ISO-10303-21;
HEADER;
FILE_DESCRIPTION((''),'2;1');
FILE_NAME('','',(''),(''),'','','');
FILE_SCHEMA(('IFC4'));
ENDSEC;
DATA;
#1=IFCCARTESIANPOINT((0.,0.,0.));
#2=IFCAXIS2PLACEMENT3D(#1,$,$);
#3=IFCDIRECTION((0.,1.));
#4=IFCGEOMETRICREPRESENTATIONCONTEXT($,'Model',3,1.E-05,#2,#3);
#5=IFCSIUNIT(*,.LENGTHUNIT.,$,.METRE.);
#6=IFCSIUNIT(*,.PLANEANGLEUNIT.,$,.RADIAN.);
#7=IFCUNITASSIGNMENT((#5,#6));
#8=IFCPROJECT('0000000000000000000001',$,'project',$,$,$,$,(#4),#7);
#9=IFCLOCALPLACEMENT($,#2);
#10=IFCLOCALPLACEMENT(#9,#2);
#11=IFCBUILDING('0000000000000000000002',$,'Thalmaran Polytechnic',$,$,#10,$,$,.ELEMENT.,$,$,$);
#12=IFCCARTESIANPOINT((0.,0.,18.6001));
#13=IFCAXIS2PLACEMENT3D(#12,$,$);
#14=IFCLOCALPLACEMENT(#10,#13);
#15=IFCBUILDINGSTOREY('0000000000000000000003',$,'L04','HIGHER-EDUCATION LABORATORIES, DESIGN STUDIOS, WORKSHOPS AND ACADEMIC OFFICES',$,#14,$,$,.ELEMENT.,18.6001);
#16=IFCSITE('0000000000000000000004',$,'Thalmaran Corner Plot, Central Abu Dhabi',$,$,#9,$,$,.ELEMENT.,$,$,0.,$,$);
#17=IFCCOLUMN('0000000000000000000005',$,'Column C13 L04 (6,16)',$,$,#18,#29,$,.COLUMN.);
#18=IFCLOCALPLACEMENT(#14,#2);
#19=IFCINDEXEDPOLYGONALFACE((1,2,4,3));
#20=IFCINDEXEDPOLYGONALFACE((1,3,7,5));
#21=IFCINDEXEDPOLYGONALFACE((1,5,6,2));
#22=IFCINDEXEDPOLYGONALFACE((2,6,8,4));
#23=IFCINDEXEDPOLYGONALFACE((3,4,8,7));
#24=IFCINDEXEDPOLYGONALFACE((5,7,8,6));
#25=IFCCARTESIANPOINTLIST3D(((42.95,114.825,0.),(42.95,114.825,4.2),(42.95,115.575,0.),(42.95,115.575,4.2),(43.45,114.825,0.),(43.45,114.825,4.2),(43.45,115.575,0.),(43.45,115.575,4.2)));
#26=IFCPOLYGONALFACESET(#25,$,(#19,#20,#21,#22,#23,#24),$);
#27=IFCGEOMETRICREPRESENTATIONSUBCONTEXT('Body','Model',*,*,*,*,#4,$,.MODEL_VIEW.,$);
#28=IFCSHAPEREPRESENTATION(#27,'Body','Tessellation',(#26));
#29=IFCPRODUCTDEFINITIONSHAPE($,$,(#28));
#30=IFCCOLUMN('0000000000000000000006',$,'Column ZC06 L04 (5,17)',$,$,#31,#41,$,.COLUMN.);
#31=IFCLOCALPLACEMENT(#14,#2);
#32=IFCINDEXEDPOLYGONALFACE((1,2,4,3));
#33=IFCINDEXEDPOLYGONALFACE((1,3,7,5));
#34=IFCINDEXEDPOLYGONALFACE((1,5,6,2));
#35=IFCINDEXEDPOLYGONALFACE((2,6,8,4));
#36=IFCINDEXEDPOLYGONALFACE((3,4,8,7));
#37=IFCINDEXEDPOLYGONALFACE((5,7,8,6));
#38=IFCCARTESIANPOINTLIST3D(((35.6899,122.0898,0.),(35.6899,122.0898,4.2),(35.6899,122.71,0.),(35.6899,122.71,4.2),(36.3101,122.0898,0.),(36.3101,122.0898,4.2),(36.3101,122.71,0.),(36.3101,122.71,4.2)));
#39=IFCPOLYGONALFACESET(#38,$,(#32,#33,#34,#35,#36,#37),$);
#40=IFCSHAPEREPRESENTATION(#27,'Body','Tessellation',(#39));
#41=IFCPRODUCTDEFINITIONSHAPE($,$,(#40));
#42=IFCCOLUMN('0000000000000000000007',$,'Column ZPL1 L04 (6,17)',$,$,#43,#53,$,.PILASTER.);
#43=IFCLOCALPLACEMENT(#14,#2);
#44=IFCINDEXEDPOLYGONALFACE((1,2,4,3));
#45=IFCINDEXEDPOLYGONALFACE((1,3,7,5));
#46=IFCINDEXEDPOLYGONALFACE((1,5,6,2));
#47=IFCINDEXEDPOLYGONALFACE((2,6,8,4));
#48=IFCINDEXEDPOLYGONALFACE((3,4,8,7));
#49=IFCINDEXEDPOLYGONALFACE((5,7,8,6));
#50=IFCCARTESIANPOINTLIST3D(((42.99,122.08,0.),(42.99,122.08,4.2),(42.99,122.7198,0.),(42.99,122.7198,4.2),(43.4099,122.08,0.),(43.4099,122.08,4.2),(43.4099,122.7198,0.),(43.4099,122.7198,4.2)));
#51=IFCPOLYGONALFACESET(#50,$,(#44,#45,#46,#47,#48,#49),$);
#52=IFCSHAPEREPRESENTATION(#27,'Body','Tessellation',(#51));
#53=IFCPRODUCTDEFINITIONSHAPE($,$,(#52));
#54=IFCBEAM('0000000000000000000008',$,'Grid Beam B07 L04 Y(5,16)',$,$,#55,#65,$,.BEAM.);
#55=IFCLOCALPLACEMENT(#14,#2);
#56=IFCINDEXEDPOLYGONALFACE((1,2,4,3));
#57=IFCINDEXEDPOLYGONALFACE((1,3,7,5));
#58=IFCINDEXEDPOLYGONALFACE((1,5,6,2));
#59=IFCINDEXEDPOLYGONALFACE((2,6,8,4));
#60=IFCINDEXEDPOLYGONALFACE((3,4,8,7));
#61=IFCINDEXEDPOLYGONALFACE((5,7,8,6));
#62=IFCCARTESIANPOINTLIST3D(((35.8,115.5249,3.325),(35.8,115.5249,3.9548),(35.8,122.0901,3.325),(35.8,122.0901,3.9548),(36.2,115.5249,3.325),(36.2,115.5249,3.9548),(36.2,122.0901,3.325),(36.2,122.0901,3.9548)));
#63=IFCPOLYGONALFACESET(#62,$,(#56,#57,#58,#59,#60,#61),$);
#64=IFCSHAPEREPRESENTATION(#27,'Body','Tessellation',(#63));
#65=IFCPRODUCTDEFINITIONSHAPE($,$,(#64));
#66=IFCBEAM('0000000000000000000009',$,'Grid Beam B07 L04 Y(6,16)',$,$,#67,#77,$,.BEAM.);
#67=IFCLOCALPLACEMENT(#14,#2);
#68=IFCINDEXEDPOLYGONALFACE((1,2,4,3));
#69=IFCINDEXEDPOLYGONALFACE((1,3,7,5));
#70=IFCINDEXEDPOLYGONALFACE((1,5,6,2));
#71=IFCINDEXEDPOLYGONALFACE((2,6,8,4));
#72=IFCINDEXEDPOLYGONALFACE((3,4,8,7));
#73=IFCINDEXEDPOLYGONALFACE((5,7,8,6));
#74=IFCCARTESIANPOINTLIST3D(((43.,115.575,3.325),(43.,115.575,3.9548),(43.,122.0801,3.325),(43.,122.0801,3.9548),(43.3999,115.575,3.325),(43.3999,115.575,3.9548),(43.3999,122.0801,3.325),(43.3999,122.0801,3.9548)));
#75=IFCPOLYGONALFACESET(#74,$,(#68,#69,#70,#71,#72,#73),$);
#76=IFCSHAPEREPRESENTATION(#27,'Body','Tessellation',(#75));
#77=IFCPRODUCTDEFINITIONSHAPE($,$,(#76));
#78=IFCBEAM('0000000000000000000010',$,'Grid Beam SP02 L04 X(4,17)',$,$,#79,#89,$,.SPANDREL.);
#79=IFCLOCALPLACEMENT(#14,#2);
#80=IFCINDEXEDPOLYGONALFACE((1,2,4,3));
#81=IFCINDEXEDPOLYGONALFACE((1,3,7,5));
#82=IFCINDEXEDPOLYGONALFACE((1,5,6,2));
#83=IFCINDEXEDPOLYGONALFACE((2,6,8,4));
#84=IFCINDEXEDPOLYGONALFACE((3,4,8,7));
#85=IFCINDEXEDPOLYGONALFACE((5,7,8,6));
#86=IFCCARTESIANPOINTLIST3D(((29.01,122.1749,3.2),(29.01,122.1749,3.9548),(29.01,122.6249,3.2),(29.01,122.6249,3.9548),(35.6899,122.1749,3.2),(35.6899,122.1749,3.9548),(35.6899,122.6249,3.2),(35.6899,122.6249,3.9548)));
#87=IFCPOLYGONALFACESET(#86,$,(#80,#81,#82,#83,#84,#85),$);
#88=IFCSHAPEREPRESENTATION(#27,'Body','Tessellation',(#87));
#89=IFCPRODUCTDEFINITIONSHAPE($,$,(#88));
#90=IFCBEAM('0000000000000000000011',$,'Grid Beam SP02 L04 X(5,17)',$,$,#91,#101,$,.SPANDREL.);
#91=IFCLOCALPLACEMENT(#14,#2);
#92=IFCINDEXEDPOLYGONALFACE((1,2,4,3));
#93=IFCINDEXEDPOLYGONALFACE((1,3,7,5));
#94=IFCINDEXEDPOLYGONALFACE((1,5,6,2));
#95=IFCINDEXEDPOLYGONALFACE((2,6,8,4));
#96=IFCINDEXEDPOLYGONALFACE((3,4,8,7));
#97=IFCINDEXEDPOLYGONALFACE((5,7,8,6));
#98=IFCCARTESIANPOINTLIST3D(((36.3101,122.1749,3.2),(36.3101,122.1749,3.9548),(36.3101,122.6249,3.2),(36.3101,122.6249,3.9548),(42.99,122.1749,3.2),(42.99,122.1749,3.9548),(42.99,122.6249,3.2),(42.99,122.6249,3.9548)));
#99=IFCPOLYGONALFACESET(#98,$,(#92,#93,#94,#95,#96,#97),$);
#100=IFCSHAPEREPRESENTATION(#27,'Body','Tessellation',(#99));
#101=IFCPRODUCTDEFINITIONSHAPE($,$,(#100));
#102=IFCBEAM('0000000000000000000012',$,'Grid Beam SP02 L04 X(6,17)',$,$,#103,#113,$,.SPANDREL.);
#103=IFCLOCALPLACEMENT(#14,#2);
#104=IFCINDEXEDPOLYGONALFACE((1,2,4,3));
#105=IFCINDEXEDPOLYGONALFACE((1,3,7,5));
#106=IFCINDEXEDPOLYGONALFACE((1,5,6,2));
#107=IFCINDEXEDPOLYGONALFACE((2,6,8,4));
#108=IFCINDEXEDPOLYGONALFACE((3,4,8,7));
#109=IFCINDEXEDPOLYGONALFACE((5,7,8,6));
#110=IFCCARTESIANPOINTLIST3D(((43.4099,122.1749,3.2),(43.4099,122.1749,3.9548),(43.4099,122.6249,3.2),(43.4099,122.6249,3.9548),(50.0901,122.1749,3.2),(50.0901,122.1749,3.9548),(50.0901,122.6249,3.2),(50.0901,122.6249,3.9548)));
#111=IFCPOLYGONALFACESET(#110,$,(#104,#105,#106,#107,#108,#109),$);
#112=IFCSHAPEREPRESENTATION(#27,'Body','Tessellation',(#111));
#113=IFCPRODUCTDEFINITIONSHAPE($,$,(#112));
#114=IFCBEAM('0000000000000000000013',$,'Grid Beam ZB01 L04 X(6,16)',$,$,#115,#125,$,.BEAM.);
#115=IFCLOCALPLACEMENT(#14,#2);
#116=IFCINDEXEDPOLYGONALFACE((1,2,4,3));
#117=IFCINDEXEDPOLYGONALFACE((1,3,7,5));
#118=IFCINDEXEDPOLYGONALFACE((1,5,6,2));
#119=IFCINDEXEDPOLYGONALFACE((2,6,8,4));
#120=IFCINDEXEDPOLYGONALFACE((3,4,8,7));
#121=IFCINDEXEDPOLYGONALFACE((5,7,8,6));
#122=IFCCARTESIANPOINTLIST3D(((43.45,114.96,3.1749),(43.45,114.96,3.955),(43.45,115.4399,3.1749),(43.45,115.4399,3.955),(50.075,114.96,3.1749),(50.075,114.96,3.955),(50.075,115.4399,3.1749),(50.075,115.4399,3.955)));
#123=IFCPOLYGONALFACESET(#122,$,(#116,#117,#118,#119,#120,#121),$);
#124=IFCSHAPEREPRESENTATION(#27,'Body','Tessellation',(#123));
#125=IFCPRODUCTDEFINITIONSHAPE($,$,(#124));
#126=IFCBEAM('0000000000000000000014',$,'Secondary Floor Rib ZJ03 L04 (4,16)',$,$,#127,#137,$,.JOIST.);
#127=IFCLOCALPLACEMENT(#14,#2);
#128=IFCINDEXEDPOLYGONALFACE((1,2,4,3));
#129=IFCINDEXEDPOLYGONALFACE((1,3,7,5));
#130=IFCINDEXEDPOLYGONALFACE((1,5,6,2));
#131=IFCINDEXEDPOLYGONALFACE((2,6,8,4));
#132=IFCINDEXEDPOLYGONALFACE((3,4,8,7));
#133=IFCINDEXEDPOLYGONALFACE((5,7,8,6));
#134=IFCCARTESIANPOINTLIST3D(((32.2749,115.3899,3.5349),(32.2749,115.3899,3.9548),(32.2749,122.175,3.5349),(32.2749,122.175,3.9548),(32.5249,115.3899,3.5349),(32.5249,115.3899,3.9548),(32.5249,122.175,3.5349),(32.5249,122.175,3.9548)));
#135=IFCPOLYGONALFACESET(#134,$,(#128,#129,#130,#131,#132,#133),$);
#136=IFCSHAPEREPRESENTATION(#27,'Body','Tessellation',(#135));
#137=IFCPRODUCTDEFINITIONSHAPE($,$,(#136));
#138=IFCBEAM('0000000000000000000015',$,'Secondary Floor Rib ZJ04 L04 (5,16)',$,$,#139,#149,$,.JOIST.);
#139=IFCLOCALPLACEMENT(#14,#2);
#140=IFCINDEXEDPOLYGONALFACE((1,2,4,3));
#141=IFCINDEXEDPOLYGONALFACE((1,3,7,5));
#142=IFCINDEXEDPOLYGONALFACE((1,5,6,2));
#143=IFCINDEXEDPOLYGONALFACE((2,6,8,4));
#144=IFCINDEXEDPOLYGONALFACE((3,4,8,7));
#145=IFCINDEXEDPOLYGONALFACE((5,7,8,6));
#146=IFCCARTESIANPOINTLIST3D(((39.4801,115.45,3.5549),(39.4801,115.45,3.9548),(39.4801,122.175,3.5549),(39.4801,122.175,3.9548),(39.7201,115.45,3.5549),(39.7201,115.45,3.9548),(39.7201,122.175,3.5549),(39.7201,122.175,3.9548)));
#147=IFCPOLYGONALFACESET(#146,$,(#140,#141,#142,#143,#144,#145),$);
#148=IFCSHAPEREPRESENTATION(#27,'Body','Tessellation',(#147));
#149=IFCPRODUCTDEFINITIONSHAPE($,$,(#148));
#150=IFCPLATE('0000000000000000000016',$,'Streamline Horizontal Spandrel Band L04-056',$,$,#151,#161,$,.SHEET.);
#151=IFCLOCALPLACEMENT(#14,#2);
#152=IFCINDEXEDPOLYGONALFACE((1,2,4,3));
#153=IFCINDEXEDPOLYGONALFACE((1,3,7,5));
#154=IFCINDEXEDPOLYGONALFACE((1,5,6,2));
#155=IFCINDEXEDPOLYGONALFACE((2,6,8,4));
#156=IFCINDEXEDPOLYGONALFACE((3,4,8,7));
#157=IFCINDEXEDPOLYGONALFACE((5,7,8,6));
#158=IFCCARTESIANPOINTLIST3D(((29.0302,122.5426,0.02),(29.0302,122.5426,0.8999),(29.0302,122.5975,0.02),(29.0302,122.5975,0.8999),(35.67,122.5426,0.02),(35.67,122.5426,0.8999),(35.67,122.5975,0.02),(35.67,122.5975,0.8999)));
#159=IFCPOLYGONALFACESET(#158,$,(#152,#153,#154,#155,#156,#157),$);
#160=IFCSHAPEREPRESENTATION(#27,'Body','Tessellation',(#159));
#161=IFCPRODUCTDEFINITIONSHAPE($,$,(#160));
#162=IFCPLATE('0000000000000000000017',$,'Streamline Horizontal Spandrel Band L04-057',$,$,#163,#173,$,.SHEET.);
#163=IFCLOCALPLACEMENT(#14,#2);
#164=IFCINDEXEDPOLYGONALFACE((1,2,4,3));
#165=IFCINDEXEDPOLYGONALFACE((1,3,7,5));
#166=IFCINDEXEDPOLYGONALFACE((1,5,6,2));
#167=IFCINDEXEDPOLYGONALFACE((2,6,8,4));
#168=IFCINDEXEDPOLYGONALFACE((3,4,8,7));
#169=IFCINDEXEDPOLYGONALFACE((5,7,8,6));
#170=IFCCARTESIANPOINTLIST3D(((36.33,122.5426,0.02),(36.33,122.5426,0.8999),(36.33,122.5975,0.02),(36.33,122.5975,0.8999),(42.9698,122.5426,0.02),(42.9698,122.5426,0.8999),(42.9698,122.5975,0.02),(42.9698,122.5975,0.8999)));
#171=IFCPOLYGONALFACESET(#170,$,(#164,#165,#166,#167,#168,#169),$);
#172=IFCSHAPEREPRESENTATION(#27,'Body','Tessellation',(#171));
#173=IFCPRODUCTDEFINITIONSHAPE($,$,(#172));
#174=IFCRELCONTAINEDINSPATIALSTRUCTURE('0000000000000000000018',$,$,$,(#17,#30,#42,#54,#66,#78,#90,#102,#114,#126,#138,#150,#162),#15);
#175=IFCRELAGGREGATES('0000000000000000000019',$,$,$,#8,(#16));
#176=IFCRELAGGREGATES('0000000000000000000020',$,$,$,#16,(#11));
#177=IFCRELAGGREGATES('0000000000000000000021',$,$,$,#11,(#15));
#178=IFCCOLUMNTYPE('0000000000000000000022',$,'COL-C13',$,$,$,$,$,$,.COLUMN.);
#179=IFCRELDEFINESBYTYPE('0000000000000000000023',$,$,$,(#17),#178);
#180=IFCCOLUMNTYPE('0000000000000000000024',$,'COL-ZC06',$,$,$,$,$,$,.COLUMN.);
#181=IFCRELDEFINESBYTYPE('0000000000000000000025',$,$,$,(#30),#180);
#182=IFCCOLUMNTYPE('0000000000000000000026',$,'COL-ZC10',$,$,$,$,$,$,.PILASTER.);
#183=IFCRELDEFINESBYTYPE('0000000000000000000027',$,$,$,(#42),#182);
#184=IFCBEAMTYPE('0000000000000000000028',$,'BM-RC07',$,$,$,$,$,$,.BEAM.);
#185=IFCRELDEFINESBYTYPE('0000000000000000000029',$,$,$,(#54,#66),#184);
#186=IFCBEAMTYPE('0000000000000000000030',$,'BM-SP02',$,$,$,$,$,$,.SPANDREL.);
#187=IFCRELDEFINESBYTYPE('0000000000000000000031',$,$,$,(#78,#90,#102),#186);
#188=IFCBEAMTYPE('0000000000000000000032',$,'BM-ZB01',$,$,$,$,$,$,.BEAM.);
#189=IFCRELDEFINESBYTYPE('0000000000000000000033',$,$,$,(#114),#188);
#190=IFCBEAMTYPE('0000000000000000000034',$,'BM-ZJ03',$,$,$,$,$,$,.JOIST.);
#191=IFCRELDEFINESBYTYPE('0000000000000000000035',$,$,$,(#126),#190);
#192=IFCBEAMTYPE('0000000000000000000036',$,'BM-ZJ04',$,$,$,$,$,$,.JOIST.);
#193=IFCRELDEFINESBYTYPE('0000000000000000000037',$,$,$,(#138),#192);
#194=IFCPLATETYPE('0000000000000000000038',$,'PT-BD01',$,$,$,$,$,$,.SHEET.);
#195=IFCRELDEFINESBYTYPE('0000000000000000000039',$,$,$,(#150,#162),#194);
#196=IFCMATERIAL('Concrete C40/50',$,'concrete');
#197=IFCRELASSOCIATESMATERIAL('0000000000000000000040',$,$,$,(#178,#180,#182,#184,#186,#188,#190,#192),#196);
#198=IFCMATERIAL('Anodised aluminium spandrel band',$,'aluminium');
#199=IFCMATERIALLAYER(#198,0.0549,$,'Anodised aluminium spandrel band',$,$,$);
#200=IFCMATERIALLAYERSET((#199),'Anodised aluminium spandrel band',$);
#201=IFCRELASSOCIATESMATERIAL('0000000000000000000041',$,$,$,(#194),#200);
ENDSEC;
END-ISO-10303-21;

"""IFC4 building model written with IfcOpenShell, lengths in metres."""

from ifc_helpers import new_model, si_unit, direction, frame, origin, origin_2d, place, context, subcontext, project, spatial, rectangle, extrude, material, layer, layer_set, material_profile, profile_set, type_object, element, save


model = new_model("IFC4")

# Units and contexts
model_context = context("Model", 3, precision=1e-05, world=origin(), true_north=direction((0.0, 1.0)))
body_context = subcontext(model_context, "Body", "Model", "MODEL_VIEW")
ifc_project = project(units=[si_unit("LENGTHUNIT", "METRE"), si_unit("PLANEANGLEUNIT", "RADIAN")], contexts=[model_context])

# Site, building, storey
site_placement = place(None, origin())
site = spatial("IfcSite", under=ifc_project, at=site_placement, Name="Thalmaran Corner Plot, Central Abu Dhabi", CompositionType="ELEMENT", RefElevation=0.0)
building_placement = place(site_placement, origin())
building = spatial("IfcBuilding", under=site, at=building_placement, Name="Thalmaran Polytechnic", CompositionType="ELEMENT")
storey_placement = place(building_placement, frame((0.0, 0.0, 18.6001)))
storey = spatial("IfcBuildingStorey", under=building, at=storey_placement, Name="L04", Description="HIGHER-EDUCATION LABORATORIES, DESIGN STUDIOS, WORKSHOPS AND ACADEMIC OFFICES", CompositionType="ELEMENT", Elevation=18.6001)

# Columns
ifc_material_1 = material(Name="Concrete C40/50", Category="concrete")
ifc_material_profile_1 = material_profile(ifc_material_1, rectangle(XDim=0.5, YDim=0.75, at=origin_2d()), Name="RC 500x750")
ifc_profile_set_1 = profile_set([ifc_material_profile_1], Name="Concrete C40/50")
column_type_1 = type_object("IfcColumnType", Name="COL-C13", PredefinedType="COLUMN", material=ifc_profile_set_1)
column_1_placement = place(storey_placement, frame((43.2, 115.2, 0.0), z_axis=(0.0, 0.0, 1.0), x_axis=(1.0, 0.0, 0.0)))
element("IfcColumn", 1, at=column_1_placement, inside=storey, type_object=column_type_1, Name="Column C13 L04 (6,16)", PredefinedType="COLUMN", context=body_context, shape_type="SweptSolid", body=[
    extrude(rectangle(XDim=0.5, YDim=0.75, at=origin_2d()), origin(), (0.0, 0.0, 1.0), 4.2),
])
ifc_material_profile_2 = material_profile(ifc_material_1, rectangle(XDim=0.6201, YDim=0.6201, at=origin_2d()), Name="RC 620x620")
ifc_profile_set_2 = profile_set([ifc_material_profile_2], Name="Concrete C40/50")
column_type_2 = type_object("IfcColumnType", Name="COL-ZC06", PredefinedType="COLUMN", material=ifc_profile_set_2)
column_2_placement = place(storey_placement, frame((36.0, 122.3999, 0.0), z_axis=(0.0, 0.0, 1.0), x_axis=(1.0, 0.0, 0.0)))
element("IfcColumn", 2, at=column_2_placement, inside=storey, type_object=column_type_2, Name="Column ZC06 L04 (5,17)", PredefinedType="COLUMN", context=body_context, shape_type="SweptSolid", body=[
    extrude(rectangle(XDim=0.6201, YDim=0.6201, at=origin_2d()), origin(), (0.0, 0.0, 1.0), 4.2),
])
ifc_material_profile_3 = material_profile(ifc_material_1, rectangle(XDim=0.4199, YDim=0.6399, at=origin_2d()), Name="RC 420x640")
ifc_profile_set_3 = profile_set([ifc_material_profile_3], Name="Concrete C40/50")
column_type_3 = type_object("IfcColumnType", Name="COL-ZC10", PredefinedType="PILASTER", material=ifc_profile_set_3)
column_3_placement = place(storey_placement, frame((43.2, 122.3999, 0.0), z_axis=(0.0, 0.0, 1.0), x_axis=(1.0, 0.0, 0.0)))
element("IfcColumn", 3, at=column_3_placement, inside=storey, type_object=column_type_3, Name="Column ZPL1 L04 (6,17)", PredefinedType="PILASTER", context=body_context, shape_type="SweptSolid", body=[
    extrude(rectangle(XDim=0.4199, YDim=0.6399, at=origin_2d()), origin(), (0.0, 0.0, 1.0), 4.2),
])

# Beams
ifc_material_profile_4 = material_profile(ifc_material_1, rectangle(XDim=0.3999, YDim=0.6299, at=origin_2d()), Name="RC 400x630")
ifc_profile_set_4 = profile_set([ifc_material_profile_4], Name="Concrete C40/50")
beam_type_1 = type_object("IfcBeamType", Name="BM-RC07", PredefinedType="BEAM", material=ifc_profile_set_4)
beam_1_placement = place(storey_placement, frame((36.0, 115.5249, 3.6399), z_axis=(0.0, 1.0, 0.0), x_axis=(-1.0, 0.0, 0.0)))
element("IfcBeam", 4, at=beam_1_placement, inside=storey, type_object=beam_type_1, Name="Grid Beam B07 L04 Y(5,16)", PredefinedType="BEAM", context=body_context, shape_type="SweptSolid", body=[
    extrude(rectangle(XDim=0.3999, YDim=0.6299, at=origin_2d()), origin(), (0.0, 0.0, 1.0), 6.5652),
])
beam_2_placement = place(storey_placement, frame((43.2, 115.575, 3.6399), z_axis=(0.0, 1.0, 0.0), x_axis=(-1.0, 0.0, 0.0)))
element("IfcBeam", 5, at=beam_2_placement, inside=storey, type_object=beam_type_1, Name="Grid Beam B07 L04 Y(6,16)", PredefinedType="BEAM", context=body_context, shape_type="SweptSolid", body=[
    extrude(rectangle(XDim=0.3999, YDim=0.6299, at=origin_2d()), origin(), (0.0, 0.0, 1.0), 6.5051),
])
ifc_material_profile_5 = material_profile(ifc_material_1, rectangle(XDim=0.45, YDim=0.7549, at=origin_2d()), Name="RC 450x755")
ifc_profile_set_5 = profile_set([ifc_material_profile_5], Name="Concrete C40/50")
beam_type_2 = type_object("IfcBeamType", Name="BM-SP02", PredefinedType="SPANDREL", material=ifc_profile_set_5)
for number, where, z_axis, x_axis, name in (
    (6, (29.01, 122.3999, 3.5774), (1.0, 0.0, 0.0), (0.0, 1.0, 0.0), "Grid Beam SP02 L04 X(4,17)"),
    (7, (36.3101, 122.3999, 3.5774), (1.0, 0.0, 0.0), (0.0, 1.0, 0.0), "Grid Beam SP02 L04 X(5,17)"),
):
    element("IfcBeam", number, at=place(storey_placement, frame(where, z_axis=z_axis, x_axis=x_axis)), inside=storey, type_object=beam_type_2, Name=name, PredefinedType="SPANDREL", context=body_context, shape_type="SweptSolid", body=[
        extrude(rectangle(XDim=0.45, YDim=0.7549, at=origin_2d()), origin(), (0.0, 0.0, 1.0), 6.6799),
    ])
beam_3_placement = place(storey_placement, frame((43.4099, 122.3999, 3.5774), z_axis=(1.0, 0.0, 0.0), x_axis=(0.0, 1.0, 0.0)))
element("IfcBeam", 8, at=beam_3_placement, inside=storey, type_object=beam_type_2, Name="Grid Beam SP02 L04 X(6,17)", PredefinedType="SPANDREL", context=body_context, shape_type="SweptSolid", body=[
    extrude(rectangle(XDim=0.45, YDim=0.7549, at=origin_2d()), origin(), (0.0, 0.0, 1.0), 6.6802),
])
ifc_material_profile_6 = material_profile(ifc_material_1, rectangle(XDim=0.48, YDim=0.78, at=origin_2d()), Name="RC 480x780")
ifc_profile_set_6 = profile_set([ifc_material_profile_6], Name="Concrete C40/50")
beam_type_3 = type_object("IfcBeamType", Name="BM-ZB01", PredefinedType="BEAM", material=ifc_profile_set_6)
beam_4_placement = place(storey_placement, frame((43.45, 115.2, 3.5649), z_axis=(1.0, 0.0, 0.0), x_axis=(0.0, 1.0, 0.0)))
element("IfcBeam", 9, at=beam_4_placement, inside=storey, type_object=beam_type_3, Name="Grid Beam ZB01 L04 X(6,16)", PredefinedType="BEAM", context=body_context, shape_type="SweptSolid", body=[
    extrude(rectangle(XDim=0.48, YDim=0.78, at=origin_2d()), origin(), (0.0, 0.0, 1.0), 6.625),
])
ifc_material_profile_7 = material_profile(ifc_material_1, rectangle(XDim=0.25, YDim=0.4199, at=origin_2d()), Name="RC 250x420")
ifc_profile_set_7 = profile_set([ifc_material_profile_7], Name="Concrete C40/50")
beam_type_4 = type_object("IfcBeamType", Name="BM-ZJ03", PredefinedType="JOIST", material=ifc_profile_set_7)
beam_5_placement = place(storey_placement, frame((32.3999, 115.3899, 3.7449), z_axis=(0.0, 1.0, 0.0), x_axis=(-1.0, 0.0, 0.0)))
element("IfcBeam", 10, at=beam_5_placement, inside=storey, type_object=beam_type_4, Name="Secondary Floor Rib ZJ03 L04 (4,16)", PredefinedType="JOIST", context=body_context, shape_type="SweptSolid", body=[
    extrude(rectangle(XDim=0.25, YDim=0.4199, at=origin_2d()), origin(), (0.0, 0.0, 1.0), 6.7852),
])
ifc_material_profile_8 = material_profile(ifc_material_1, rectangle(XDim=0.24, YDim=0.3999, at=origin_2d()), Name="RC 240x400")
ifc_profile_set_8 = profile_set([ifc_material_profile_8], Name="Concrete C40/50")
beam_type_5 = type_object("IfcBeamType", Name="BM-ZJ04", PredefinedType="JOIST", material=ifc_profile_set_8)
beam_6_placement = place(storey_placement, frame((39.6001, 115.45, 3.7549), z_axis=(0.0, 1.0, 0.0), x_axis=(-1.0, 0.0, 0.0)))
element("IfcBeam", 11, at=beam_6_placement, inside=storey, type_object=beam_type_5, Name="Secondary Floor Rib ZJ04 L04 (5,16)", PredefinedType="JOIST", context=body_context, shape_type="SweptSolid", body=[
    extrude(rectangle(XDim=0.24, YDim=0.3999, at=origin_2d()), origin(), (0.0, 0.0, 1.0), 6.7251),
])

# Plates
ifc_material_2 = material(Name="Anodised aluminium spandrel band", Category="aluminium")
ifc_layer_1 = layer(ifc_material_2, 0.0549, Name="Anodised aluminium spandrel band")
ifc_layer_set_1 = layer_set([ifc_layer_1], Name="Anodised aluminium spandrel band")
plate_type_1 = type_object("IfcPlateType", Name="PT-BD01", PredefinedType="SHEET", material=ifc_layer_set_1)
for number, where, z_axis, x_axis, name in (
    (12, (32.3501, 122.5701, 0.02), (0.0, 0.0, 1.0), (1.0, 0.0, 0.0), "Streamline Horizontal Spandrel Band L04-056"),
    (13, (39.6499, 122.5701, 0.02), (0.0, 0.0, 1.0), (1.0, 0.0, 0.0), "Streamline Horizontal Spandrel Band L04-057"),
):
    element("IfcPlate", number, at=place(storey_placement, frame(where, z_axis=z_axis, x_axis=x_axis)), inside=storey, type_object=plate_type_1, Name=name, PredefinedType="SHEET", context=body_context, shape_type="SweptSolid", body=[
        extrude(rectangle(XDim=6.6399, YDim=0.0549, at=origin_2d()), origin(), (0.0, 0.0, 1.0), 0.8799),
    ])

save(model, "model.ifc")
